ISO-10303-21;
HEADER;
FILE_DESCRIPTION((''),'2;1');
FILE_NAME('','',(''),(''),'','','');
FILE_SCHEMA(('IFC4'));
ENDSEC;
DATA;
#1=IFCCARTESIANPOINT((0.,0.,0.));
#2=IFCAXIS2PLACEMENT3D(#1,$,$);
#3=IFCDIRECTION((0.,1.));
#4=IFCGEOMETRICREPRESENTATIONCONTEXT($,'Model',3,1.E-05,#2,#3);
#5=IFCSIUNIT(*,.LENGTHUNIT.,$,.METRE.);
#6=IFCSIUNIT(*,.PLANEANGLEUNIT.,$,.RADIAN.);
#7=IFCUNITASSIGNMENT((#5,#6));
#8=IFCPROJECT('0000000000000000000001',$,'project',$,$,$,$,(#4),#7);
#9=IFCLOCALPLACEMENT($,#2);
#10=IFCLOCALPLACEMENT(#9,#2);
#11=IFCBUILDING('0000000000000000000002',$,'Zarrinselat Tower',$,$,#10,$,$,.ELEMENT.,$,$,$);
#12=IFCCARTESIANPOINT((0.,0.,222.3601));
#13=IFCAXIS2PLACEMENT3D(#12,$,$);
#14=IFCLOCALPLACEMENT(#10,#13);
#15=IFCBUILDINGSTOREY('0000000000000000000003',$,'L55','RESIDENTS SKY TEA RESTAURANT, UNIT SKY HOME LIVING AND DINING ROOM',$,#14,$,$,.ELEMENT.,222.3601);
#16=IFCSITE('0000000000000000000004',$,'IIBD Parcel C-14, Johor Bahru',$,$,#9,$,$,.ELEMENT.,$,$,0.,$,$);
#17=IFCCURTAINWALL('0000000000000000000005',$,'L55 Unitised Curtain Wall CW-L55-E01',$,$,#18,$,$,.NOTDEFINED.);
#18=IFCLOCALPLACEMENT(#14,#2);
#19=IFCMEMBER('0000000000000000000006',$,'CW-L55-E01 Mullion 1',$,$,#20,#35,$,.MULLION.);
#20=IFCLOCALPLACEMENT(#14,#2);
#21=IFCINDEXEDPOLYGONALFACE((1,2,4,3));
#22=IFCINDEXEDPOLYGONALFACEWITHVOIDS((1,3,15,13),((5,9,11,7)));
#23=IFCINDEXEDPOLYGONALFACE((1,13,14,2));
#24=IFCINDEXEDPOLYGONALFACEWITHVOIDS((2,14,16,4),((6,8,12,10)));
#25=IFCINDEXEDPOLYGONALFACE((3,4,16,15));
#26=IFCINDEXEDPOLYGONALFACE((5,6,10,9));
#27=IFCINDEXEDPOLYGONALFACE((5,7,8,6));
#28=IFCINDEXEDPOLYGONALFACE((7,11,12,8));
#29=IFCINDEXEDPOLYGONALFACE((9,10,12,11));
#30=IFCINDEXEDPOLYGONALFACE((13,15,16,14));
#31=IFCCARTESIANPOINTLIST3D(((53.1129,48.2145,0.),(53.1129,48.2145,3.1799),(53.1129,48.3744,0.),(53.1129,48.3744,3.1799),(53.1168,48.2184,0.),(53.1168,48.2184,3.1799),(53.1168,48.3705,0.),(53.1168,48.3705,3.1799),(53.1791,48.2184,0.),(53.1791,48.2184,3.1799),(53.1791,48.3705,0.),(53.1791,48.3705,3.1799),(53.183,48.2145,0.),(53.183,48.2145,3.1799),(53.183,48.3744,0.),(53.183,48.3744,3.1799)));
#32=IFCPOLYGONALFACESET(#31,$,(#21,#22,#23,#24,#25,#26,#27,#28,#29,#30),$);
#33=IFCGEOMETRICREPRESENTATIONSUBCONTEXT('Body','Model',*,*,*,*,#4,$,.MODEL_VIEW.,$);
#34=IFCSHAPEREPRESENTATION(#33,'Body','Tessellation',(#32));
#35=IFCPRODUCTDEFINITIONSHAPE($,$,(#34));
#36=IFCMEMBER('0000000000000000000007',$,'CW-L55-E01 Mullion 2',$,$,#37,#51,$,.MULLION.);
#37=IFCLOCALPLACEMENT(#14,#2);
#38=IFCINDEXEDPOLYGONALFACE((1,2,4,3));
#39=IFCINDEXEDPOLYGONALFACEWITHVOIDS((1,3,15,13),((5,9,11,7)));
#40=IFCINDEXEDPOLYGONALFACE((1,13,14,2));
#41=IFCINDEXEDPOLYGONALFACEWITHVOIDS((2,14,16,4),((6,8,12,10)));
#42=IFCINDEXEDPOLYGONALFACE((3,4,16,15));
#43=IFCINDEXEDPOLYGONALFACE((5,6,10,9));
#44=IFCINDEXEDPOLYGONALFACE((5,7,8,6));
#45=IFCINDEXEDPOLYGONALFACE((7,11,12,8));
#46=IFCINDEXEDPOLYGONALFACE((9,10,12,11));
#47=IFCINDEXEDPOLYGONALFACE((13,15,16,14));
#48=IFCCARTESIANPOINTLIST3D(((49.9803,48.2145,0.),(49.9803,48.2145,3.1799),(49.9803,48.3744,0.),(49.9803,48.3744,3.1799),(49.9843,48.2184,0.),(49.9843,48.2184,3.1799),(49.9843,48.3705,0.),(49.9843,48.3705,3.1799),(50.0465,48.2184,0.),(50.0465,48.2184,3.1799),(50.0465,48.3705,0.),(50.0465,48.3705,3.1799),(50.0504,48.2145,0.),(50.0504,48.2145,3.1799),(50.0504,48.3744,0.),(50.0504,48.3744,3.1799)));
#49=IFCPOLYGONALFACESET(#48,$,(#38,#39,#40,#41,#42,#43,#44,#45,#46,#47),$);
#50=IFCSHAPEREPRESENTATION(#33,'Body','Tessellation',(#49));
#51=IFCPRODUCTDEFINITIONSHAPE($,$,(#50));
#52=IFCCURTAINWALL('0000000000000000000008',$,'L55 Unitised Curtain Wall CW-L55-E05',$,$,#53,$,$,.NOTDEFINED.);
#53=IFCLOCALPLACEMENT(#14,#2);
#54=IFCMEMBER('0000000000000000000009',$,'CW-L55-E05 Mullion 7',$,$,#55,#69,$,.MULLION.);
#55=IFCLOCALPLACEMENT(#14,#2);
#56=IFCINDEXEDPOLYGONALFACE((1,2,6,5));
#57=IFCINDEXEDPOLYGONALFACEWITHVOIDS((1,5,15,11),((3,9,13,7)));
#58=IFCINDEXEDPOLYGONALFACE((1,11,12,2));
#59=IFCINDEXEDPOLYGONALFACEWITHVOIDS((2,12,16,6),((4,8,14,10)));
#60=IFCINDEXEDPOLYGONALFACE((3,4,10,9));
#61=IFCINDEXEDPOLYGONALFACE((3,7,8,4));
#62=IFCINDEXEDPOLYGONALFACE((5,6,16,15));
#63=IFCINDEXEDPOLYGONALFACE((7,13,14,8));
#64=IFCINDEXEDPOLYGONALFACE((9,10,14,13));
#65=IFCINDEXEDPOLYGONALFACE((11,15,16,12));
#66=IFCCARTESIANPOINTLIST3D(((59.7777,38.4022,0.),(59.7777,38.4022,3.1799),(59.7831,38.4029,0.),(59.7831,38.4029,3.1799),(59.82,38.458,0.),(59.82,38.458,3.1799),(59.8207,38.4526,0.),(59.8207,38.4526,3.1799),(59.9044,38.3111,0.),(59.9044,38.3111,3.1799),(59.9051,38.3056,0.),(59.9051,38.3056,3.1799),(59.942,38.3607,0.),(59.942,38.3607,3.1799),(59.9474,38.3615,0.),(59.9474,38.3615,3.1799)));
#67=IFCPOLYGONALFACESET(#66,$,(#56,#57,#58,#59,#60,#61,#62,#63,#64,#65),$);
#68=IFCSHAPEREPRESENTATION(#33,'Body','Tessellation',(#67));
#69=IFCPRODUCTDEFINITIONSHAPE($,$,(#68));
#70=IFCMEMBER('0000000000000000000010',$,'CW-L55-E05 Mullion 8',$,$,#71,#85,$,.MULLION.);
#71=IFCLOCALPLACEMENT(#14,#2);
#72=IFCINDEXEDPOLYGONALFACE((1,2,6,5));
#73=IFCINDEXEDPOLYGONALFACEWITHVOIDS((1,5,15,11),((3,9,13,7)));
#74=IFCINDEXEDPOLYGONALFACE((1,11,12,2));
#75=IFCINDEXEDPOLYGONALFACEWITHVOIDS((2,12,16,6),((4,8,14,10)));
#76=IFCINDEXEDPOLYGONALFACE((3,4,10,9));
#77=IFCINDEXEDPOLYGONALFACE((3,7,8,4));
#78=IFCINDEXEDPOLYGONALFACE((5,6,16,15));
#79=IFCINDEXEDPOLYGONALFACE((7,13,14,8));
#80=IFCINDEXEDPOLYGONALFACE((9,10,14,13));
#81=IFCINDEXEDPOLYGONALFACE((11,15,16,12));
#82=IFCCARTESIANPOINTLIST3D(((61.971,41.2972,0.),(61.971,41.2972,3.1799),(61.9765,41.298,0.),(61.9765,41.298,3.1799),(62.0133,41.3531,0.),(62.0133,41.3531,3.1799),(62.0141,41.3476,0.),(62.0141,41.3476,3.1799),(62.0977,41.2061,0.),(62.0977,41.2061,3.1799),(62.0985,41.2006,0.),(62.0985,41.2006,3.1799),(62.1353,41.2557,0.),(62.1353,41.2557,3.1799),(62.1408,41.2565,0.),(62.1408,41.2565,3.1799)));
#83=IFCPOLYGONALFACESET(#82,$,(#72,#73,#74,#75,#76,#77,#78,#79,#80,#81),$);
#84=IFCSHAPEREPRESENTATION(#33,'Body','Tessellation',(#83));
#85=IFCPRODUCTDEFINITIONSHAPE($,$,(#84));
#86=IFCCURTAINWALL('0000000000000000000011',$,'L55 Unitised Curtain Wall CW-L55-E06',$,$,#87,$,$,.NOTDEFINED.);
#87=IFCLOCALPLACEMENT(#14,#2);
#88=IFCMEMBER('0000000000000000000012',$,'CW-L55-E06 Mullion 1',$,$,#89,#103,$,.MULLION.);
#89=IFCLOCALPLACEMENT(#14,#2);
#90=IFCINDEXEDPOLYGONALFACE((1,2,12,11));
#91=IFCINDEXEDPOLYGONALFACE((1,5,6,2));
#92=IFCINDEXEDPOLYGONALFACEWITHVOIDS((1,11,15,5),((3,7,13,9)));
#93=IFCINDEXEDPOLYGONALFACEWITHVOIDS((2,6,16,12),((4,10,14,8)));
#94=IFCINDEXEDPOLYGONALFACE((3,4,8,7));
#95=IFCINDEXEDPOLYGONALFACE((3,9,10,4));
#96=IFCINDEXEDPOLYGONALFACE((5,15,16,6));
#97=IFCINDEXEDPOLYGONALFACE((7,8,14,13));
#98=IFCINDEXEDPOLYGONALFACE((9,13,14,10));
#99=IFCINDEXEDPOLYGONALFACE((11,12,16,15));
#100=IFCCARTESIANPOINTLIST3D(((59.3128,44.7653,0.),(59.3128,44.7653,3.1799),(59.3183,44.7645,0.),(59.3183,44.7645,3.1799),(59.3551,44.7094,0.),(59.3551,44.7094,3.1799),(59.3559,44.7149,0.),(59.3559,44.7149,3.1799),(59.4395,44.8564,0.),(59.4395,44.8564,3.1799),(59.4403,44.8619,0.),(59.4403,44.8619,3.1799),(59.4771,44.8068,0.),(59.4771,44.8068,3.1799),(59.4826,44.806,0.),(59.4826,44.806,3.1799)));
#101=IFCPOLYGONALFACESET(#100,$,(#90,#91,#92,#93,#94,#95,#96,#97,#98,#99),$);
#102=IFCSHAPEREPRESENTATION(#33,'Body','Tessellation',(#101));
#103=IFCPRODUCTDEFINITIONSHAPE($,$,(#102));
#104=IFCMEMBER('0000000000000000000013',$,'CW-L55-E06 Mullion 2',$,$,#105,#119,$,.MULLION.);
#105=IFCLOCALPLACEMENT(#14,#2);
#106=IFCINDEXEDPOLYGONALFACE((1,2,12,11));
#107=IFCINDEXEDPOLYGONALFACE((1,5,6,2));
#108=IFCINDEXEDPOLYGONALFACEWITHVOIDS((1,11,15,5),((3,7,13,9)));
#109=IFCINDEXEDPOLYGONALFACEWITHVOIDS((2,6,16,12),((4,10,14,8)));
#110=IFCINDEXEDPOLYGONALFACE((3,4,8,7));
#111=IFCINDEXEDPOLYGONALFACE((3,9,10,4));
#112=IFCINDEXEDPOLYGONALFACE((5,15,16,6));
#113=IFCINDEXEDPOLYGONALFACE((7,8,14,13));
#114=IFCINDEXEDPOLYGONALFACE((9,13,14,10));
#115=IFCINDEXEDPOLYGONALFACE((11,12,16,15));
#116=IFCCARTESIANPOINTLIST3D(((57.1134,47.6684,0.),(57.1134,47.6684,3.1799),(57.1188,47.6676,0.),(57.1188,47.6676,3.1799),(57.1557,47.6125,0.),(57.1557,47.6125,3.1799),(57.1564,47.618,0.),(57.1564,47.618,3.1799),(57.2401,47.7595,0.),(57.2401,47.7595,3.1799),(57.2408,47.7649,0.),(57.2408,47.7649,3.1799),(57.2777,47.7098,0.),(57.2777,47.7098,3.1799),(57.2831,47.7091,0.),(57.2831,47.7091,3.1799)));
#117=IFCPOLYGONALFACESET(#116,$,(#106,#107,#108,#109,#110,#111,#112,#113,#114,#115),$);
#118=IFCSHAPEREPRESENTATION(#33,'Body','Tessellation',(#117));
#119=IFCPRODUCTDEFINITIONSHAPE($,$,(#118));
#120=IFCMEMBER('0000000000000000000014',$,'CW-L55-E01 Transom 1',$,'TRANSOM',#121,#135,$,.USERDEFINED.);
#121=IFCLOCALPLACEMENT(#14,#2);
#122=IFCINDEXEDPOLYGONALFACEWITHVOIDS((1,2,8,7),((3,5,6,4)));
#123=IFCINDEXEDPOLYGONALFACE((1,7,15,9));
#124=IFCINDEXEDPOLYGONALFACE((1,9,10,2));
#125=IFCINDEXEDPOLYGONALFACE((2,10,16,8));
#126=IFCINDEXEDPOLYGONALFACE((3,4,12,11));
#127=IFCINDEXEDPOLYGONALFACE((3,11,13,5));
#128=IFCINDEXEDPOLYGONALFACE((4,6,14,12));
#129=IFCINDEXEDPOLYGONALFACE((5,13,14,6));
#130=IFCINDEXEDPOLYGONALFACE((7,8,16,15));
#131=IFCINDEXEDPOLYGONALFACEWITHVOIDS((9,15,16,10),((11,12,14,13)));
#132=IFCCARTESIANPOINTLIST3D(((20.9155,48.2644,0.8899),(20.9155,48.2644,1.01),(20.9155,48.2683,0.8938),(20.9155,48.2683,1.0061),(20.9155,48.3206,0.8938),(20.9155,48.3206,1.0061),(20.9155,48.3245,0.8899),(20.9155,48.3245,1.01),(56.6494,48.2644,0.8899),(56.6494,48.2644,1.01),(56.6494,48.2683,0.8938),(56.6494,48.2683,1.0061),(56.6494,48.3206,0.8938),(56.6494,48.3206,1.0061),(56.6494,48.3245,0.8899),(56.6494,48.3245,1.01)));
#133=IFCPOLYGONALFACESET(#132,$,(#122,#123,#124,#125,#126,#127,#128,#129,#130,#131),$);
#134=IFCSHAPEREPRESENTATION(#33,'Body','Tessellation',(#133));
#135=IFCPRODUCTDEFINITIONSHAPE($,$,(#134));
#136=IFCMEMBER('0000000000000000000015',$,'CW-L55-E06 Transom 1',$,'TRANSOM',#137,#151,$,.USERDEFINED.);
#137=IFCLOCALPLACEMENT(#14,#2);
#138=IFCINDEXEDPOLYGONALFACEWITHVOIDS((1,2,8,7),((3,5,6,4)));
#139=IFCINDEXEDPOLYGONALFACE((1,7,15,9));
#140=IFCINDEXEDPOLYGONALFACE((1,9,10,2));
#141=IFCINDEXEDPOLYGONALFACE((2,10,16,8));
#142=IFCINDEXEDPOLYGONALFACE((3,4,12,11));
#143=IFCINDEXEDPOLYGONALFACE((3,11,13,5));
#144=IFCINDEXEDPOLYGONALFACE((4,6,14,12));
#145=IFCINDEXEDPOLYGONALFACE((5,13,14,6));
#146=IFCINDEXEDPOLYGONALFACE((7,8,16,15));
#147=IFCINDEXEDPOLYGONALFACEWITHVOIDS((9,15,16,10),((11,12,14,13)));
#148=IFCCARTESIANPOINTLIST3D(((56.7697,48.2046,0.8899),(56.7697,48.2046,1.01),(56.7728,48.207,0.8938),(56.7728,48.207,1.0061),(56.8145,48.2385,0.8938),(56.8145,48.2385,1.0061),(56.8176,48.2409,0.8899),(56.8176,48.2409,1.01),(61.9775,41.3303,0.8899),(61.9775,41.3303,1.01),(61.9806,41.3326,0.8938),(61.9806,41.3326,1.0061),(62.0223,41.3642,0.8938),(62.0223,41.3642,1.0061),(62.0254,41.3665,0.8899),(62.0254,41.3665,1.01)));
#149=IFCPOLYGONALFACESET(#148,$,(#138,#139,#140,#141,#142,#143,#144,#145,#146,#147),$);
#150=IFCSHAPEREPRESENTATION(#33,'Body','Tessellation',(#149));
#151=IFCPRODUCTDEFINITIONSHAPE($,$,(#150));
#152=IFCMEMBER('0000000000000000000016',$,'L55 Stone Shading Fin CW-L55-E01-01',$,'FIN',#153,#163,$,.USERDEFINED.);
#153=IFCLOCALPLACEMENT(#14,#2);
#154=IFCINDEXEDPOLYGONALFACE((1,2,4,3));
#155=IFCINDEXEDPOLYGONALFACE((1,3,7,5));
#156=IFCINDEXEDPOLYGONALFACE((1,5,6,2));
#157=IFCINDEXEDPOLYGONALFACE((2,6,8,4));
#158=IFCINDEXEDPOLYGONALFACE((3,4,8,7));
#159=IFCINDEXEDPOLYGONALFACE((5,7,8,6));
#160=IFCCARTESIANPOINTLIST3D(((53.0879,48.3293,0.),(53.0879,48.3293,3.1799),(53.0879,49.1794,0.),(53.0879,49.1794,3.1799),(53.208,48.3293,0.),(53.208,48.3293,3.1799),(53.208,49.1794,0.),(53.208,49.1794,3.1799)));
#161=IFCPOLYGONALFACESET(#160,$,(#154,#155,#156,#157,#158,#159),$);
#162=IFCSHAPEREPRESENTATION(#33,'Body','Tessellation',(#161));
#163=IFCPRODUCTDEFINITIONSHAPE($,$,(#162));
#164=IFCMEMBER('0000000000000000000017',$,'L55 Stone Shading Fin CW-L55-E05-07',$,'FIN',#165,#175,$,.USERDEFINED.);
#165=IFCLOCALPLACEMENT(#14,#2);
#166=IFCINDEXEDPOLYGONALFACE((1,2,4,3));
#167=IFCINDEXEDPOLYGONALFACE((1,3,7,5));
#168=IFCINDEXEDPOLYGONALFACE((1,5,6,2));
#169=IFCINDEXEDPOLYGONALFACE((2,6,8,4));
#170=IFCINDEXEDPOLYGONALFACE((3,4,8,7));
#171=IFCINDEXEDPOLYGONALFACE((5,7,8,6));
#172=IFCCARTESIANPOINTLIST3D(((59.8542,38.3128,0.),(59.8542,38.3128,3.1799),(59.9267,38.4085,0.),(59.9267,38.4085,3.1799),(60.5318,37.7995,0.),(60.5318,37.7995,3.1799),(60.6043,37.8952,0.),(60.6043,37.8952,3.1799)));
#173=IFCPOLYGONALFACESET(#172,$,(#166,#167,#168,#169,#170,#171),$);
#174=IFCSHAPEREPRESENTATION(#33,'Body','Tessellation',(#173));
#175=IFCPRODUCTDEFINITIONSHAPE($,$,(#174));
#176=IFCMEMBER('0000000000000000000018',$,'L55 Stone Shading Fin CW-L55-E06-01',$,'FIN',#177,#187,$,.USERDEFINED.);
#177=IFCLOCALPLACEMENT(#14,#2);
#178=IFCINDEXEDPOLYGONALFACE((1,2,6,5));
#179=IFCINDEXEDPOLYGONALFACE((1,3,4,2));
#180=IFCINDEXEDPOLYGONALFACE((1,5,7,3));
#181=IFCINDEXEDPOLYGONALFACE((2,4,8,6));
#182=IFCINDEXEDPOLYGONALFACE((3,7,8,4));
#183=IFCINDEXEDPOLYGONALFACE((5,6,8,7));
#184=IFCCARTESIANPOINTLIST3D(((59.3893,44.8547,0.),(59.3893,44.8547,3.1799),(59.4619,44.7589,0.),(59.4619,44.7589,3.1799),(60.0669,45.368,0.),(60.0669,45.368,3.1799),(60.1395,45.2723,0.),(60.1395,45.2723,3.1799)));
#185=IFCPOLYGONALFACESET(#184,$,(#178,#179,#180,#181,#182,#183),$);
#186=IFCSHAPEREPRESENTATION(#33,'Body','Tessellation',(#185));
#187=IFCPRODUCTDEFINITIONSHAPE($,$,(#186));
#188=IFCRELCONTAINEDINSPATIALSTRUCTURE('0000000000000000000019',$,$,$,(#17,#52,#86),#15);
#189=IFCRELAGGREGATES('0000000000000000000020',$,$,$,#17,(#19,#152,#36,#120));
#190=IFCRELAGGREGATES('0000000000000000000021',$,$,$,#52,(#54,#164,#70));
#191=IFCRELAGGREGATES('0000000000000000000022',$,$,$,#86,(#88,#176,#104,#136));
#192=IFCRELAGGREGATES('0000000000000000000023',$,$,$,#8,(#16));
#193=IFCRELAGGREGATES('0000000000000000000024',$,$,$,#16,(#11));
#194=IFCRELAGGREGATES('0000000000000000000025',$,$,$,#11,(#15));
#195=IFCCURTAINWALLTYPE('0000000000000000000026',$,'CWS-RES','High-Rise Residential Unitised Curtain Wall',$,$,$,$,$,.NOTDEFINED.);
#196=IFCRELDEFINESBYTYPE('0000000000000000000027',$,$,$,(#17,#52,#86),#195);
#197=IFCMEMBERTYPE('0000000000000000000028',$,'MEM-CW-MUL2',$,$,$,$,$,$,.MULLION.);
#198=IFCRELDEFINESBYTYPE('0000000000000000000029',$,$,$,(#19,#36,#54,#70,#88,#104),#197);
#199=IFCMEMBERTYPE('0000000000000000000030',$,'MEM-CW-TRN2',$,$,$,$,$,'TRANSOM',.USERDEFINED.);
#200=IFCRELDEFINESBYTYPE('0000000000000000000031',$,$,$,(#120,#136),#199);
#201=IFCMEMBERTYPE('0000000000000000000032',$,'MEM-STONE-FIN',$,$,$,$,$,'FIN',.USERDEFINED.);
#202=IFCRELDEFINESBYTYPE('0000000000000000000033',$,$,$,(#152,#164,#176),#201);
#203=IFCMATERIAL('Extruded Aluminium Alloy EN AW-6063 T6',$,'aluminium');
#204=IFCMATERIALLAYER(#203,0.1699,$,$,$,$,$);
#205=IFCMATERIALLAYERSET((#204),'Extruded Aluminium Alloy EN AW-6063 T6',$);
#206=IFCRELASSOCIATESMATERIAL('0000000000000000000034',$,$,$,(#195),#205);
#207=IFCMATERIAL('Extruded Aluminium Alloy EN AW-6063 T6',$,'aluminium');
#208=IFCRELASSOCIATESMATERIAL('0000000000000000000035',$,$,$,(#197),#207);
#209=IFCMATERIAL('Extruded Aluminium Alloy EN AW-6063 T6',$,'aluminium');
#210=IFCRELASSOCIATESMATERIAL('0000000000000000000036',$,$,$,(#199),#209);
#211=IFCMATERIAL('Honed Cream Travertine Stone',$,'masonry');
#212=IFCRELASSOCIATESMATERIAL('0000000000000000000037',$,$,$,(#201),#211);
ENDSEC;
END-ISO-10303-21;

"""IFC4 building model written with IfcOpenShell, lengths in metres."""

from ifc_helpers import new_model, si_unit, direction, frame, origin, origin_2d, place, context, subcontext, project, spatial, rectangle, hollow_rectangle, extrude, material, layer, layer_set, material_profile, profile_set, type_object, element, aggregate, save


model = new_model("IFC4")

# Units and contexts
model_context = context("Model", 3, precision=1e-05, world=origin(), true_north=direction((0.0, 1.0)))
body_context = subcontext(model_context, "Body", "Model", "MODEL_VIEW")
ifc_project = project(units=[si_unit("LENGTHUNIT", "METRE"), si_unit("PLANEANGLEUNIT", "RADIAN")], contexts=[model_context])

# Site, building, storey
site_placement = place(None, origin())
site = spatial("IfcSite", under=ifc_project, at=site_placement, Name="IIBD Parcel C-14, Johor Bahru", CompositionType="ELEMENT", RefElevation=0.0)
building_placement = place(site_placement, origin())
building = spatial("IfcBuilding", under=site, at=building_placement, Name="Zarrinselat Tower", CompositionType="ELEMENT")
storey_placement = place(building_placement, frame((0.0, 0.0, 222.3601)))
storey = spatial("IfcBuildingStorey", under=building, at=storey_placement, Name="L55", Description="RESIDENTS SKY TEA RESTAURANT, UNIT SKY HOME LIVING AND DINING ROOM", CompositionType="ELEMENT", Elevation=222.3601)

# Curtain walls, members
ifc_material_1 = material(Name="Extruded Aluminium Alloy EN AW-6063 T6", Category="aluminium")
ifc_layer_1 = layer(ifc_material_1, 0.1699)
ifc_layer_set_1 = layer_set([ifc_layer_1], Name="Extruded Aluminium Alloy EN AW-6063 T6")
curtain_wall_type = type_object("IfcCurtainWallType", Name="CWS-RES", Description="High-Rise Residential Unitised Curtain Wall", PredefinedType="NOTDEFINED", material=ifc_layer_set_1)
curtain_wall_1_placement = place(storey_placement, origin())
curtain_wall_1 = element("IfcCurtainWall", 1, at=curtain_wall_1_placement, inside=storey, type_object=curtain_wall_type, Name="L55 Unitised Curtain Wall CW-L55-E01", PredefinedType="NOTDEFINED")
ifc_material_2 = material(Name="Extruded Aluminium Alloy EN AW-6063 T6", Category="aluminium")
ifc_material_profile_1 = material_profile(ifc_material_2, hollow_rectangle(XDim=0.0701, YDim=0.1599, WallThickness=0.0039, at=origin_2d()), Name="RHS 160x70x4")
ifc_profile_set_1 = profile_set([ifc_material_profile_1], Name="Extruded Aluminium Alloy EN AW-6063 T6")
member_type_1 = type_object("IfcMemberType", Name="MEM-CW-MUL2", PredefinedType="MULLION", material=ifc_profile_set_1)
member_1_placement = place(storey_placement, frame((53.1479, 48.2944, 0.0), z_axis=(0.0, 0.0, 1.0), x_axis=(-1.0, 0.0, 0.0)))
member_1 = element("IfcMember", 2, at=member_1_placement, type_object=member_type_1, Name="CW-L55-E01 Mullion 1", PredefinedType="MULLION", context=body_context, shape_type="SweptSolid", body=[
    extrude(hollow_rectangle(XDim=0.0701, YDim=0.1599, WallThickness=0.0039, at=origin_2d()), origin(), (0.0, 0.0, 1.0), 3.1799),
])
member_2_placement = place(storey_placement, frame((50.0154, 48.2944, 0.0), z_axis=(0.0, 0.0, 1.0), x_axis=(-1.0, 0.0, 0.0)))
member_2 = element("IfcMember", 3, at=member_2_placement, type_object=member_type_1, Name="CW-L55-E01 Mullion 2", PredefinedType="MULLION", context=body_context, shape_type="SweptSolid", body=[
    extrude(hollow_rectangle(XDim=0.0701, YDim=0.1599, WallThickness=0.0039, at=origin_2d()), origin(), (0.0, 0.0, 1.0), 3.1799),
])
curtain_wall_2_placement = place(storey_placement, origin())
curtain_wall_2 = element("IfcCurtainWall", 4, at=curtain_wall_2_placement, inside=storey, type_object=curtain_wall_type, Name="L55 Unitised Curtain Wall CW-L55-E05", PredefinedType="NOTDEFINED")
member_3_placement = place(storey_placement, frame((59.8625, 38.3818, 0.0), z_axis=(0.0, 0.0, 1.0), x_axis=(0.603859, 0.797091, 0.0)))
member_3 = element("IfcMember", 5, at=member_3_placement, type_object=member_type_1, Name="CW-L55-E05 Mullion 7", PredefinedType="MULLION", context=body_context, shape_type="SweptSolid", body=[
    extrude(hollow_rectangle(XDim=0.0701, YDim=0.1599, WallThickness=0.0039, at=origin_2d()), origin(), (0.0, 0.0, 1.0), 3.1799),
])
member_4_placement = place(storey_placement, frame((62.0559, 41.2769, 0.0), z_axis=(0.0, 0.0, 1.0), x_axis=(0.603859, 0.797091, 0.0)))
member_4 = element("IfcMember", 6, at=member_4_placement, type_object=member_type_1, Name="CW-L55-E05 Mullion 8", PredefinedType="MULLION", context=body_context, shape_type="SweptSolid", body=[
    extrude(hollow_rectangle(XDim=0.0701, YDim=0.1599, WallThickness=0.0039, at=origin_2d()), origin(), (0.0, 0.0, 1.0), 3.1799),
])
curtain_wall_3_placement = place(storey_placement, origin())
curtain_wall_3 = element("IfcCurtainWall", 7, at=curtain_wall_3_placement, inside=storey, type_object=curtain_wall_type, Name="L55 Unitised Curtain Wall CW-L55-E06", PredefinedType="NOTDEFINED")
member_5_placement = place(storey_placement, frame((59.3977, 44.7856, 0.0), z_axis=(0.0, 0.0, 1.0), x_axis=(-0.60386, 0.79709, 0.0)))
member_5 = element("IfcMember", 8, at=member_5_placement, type_object=member_type_1, Name="CW-L55-E06 Mullion 1", PredefinedType="MULLION", context=body_context, shape_type="SweptSolid", body=[
    extrude(hollow_rectangle(XDim=0.0701, YDim=0.1599, WallThickness=0.0039, at=origin_2d()), origin(), (0.0, 0.0, 1.0), 3.1799),
])
member_6_placement = place(storey_placement, frame((57.1982, 47.6887, 0.0), z_axis=(0.0, 0.0, 1.0), x_axis=(-0.60386, 0.79709, 0.0)))
member_6 = element("IfcMember", 9, at=member_6_placement, type_object=member_type_1, Name="CW-L55-E06 Mullion 2", PredefinedType="MULLION", context=body_context, shape_type="SweptSolid", body=[
    extrude(hollow_rectangle(XDim=0.0701, YDim=0.1599, WallThickness=0.0039, at=origin_2d()), origin(), (0.0, 0.0, 1.0), 3.1799),
])

# Members
ifc_material_3 = material(Name="Extruded Aluminium Alloy EN AW-6063 T6", Category="aluminium")
ifc_material_profile_2 = material_profile(ifc_material_3, hollow_rectangle(XDim=0.0601, YDim=0.1201, WallThickness=0.0039, at=origin_2d()), Name="RHS 120x60x4")
ifc_profile_set_2 = profile_set([ifc_material_profile_2], Name="Extruded Aluminium Alloy EN AW-6063 T6")
member_type_2 = type_object("IfcMemberType", Name="MEM-CW-TRN2", ElementType="TRANSOM", PredefinedType="USERDEFINED", material=ifc_profile_set_2)
member_7_placement = place(storey_placement, frame((56.6494, 48.2944, 0.95), z_axis=(-1.0, 0.0, 0.0), x_axis=(0.0, -1.0, 0.0)))
member_7 = element("IfcMember", 10, at=member_7_placement, type_object=member_type_2, Name="CW-L55-E01 Transom 1", ObjectType="TRANSOM", PredefinedType="USERDEFINED", context=body_context, shape_type="SweptSolid", body=[
    extrude(hollow_rectangle(XDim=0.0601, YDim=0.1201, WallThickness=0.0039, at=origin_2d()), origin(), (0.0, 0.0, 1.0), 35.7339),
])
member_8_placement = place(storey_placement, frame((62.0015, 41.3484, 0.95), z_axis=(-0.603857, 0.797093, 0.0), x_axis=(-0.797093, -0.603857, 0.0)))
member_8 = element("IfcMember", 11, at=member_8_placement, type_object=member_type_2, Name="CW-L55-E06 Transom 1", ObjectType="TRANSOM", PredefinedType="USERDEFINED", context=body_context, shape_type="SweptSolid", body=[
    extrude(hollow_rectangle(XDim=0.0601, YDim=0.1201, WallThickness=0.0039, at=origin_2d()), origin(), (0.0, 0.0, 1.0), 8.6243),
])
ifc_material_4 = material(Name="Honed Cream Travertine Stone", Category="masonry")
ifc_material_profile_3 = material_profile(ifc_material_4, rectangle(XDim=0.1201, YDim=0.8501, at=origin_2d()), Name="FIN 850x120")
ifc_profile_set_3 = profile_set([ifc_material_profile_3], Name="Honed Cream Travertine Stone")
member_type_3 = type_object("IfcMemberType", Name="MEM-STONE-FIN", ElementType="FIN", PredefinedType="USERDEFINED", material=ifc_profile_set_3)
member_9_placement = place(storey_placement, frame((53.1479, 48.7544, 0.0), z_axis=(0.0, 0.0, 1.0), x_axis=(1.0, 0.0, 0.0)))
member_9 = element("IfcMember", 12, at=member_9_placement, type_object=member_type_3, Name="L55 Stone Shading Fin CW-L55-E01-01", ObjectType="FIN", PredefinedType="USERDEFINED", context=body_context, shape_type="SweptSolid", body=[
    extrude(rectangle(XDim=0.1201, YDim=0.8501, at=origin_2d()), origin(), (0.0, 0.0, 1.0), 3.1799),
])
member_10_placement = place(storey_placement, frame((60.2292, 38.104, 0.0), z_axis=(0.0, 0.0, 1.0), x_axis=(-0.603859, -0.797091, 0.0)))
member_10 = element("IfcMember", 13, at=member_10_placement, type_object=member_type_3, Name="L55 Stone Shading Fin CW-L55-E05-07", ObjectType="FIN", PredefinedType="USERDEFINED", context=body_context, shape_type="SweptSolid", body=[
    extrude(rectangle(XDim=0.1201, YDim=0.8501, at=origin_2d()), origin(), (0.0, 0.0, 1.0), 3.1799),
])
member_11_placement = place(storey_placement, frame((59.7644, 45.0635, 0.0), z_axis=(0.0, 0.0, 1.0), x_axis=(0.60386, -0.79709, 0.0)))
member_11 = element("IfcMember", 14, at=member_11_placement, type_object=member_type_3, Name="L55 Stone Shading Fin CW-L55-E06-01", ObjectType="FIN", PredefinedType="USERDEFINED", context=body_context, shape_type="SweptSolid", body=[
    extrude(rectangle(XDim=0.1201, YDim=0.8501, at=origin_2d()), origin(), (0.0, 0.0, 1.0), 3.1799),
])

aggregate(curtain_wall_1, [member_1, member_9, member_2, member_7])
aggregate(curtain_wall_2, [member_3, member_10, member_4])
aggregate(curtain_wall_3, [member_5, member_11, member_6, member_8])

save(model, "model.ifc")
